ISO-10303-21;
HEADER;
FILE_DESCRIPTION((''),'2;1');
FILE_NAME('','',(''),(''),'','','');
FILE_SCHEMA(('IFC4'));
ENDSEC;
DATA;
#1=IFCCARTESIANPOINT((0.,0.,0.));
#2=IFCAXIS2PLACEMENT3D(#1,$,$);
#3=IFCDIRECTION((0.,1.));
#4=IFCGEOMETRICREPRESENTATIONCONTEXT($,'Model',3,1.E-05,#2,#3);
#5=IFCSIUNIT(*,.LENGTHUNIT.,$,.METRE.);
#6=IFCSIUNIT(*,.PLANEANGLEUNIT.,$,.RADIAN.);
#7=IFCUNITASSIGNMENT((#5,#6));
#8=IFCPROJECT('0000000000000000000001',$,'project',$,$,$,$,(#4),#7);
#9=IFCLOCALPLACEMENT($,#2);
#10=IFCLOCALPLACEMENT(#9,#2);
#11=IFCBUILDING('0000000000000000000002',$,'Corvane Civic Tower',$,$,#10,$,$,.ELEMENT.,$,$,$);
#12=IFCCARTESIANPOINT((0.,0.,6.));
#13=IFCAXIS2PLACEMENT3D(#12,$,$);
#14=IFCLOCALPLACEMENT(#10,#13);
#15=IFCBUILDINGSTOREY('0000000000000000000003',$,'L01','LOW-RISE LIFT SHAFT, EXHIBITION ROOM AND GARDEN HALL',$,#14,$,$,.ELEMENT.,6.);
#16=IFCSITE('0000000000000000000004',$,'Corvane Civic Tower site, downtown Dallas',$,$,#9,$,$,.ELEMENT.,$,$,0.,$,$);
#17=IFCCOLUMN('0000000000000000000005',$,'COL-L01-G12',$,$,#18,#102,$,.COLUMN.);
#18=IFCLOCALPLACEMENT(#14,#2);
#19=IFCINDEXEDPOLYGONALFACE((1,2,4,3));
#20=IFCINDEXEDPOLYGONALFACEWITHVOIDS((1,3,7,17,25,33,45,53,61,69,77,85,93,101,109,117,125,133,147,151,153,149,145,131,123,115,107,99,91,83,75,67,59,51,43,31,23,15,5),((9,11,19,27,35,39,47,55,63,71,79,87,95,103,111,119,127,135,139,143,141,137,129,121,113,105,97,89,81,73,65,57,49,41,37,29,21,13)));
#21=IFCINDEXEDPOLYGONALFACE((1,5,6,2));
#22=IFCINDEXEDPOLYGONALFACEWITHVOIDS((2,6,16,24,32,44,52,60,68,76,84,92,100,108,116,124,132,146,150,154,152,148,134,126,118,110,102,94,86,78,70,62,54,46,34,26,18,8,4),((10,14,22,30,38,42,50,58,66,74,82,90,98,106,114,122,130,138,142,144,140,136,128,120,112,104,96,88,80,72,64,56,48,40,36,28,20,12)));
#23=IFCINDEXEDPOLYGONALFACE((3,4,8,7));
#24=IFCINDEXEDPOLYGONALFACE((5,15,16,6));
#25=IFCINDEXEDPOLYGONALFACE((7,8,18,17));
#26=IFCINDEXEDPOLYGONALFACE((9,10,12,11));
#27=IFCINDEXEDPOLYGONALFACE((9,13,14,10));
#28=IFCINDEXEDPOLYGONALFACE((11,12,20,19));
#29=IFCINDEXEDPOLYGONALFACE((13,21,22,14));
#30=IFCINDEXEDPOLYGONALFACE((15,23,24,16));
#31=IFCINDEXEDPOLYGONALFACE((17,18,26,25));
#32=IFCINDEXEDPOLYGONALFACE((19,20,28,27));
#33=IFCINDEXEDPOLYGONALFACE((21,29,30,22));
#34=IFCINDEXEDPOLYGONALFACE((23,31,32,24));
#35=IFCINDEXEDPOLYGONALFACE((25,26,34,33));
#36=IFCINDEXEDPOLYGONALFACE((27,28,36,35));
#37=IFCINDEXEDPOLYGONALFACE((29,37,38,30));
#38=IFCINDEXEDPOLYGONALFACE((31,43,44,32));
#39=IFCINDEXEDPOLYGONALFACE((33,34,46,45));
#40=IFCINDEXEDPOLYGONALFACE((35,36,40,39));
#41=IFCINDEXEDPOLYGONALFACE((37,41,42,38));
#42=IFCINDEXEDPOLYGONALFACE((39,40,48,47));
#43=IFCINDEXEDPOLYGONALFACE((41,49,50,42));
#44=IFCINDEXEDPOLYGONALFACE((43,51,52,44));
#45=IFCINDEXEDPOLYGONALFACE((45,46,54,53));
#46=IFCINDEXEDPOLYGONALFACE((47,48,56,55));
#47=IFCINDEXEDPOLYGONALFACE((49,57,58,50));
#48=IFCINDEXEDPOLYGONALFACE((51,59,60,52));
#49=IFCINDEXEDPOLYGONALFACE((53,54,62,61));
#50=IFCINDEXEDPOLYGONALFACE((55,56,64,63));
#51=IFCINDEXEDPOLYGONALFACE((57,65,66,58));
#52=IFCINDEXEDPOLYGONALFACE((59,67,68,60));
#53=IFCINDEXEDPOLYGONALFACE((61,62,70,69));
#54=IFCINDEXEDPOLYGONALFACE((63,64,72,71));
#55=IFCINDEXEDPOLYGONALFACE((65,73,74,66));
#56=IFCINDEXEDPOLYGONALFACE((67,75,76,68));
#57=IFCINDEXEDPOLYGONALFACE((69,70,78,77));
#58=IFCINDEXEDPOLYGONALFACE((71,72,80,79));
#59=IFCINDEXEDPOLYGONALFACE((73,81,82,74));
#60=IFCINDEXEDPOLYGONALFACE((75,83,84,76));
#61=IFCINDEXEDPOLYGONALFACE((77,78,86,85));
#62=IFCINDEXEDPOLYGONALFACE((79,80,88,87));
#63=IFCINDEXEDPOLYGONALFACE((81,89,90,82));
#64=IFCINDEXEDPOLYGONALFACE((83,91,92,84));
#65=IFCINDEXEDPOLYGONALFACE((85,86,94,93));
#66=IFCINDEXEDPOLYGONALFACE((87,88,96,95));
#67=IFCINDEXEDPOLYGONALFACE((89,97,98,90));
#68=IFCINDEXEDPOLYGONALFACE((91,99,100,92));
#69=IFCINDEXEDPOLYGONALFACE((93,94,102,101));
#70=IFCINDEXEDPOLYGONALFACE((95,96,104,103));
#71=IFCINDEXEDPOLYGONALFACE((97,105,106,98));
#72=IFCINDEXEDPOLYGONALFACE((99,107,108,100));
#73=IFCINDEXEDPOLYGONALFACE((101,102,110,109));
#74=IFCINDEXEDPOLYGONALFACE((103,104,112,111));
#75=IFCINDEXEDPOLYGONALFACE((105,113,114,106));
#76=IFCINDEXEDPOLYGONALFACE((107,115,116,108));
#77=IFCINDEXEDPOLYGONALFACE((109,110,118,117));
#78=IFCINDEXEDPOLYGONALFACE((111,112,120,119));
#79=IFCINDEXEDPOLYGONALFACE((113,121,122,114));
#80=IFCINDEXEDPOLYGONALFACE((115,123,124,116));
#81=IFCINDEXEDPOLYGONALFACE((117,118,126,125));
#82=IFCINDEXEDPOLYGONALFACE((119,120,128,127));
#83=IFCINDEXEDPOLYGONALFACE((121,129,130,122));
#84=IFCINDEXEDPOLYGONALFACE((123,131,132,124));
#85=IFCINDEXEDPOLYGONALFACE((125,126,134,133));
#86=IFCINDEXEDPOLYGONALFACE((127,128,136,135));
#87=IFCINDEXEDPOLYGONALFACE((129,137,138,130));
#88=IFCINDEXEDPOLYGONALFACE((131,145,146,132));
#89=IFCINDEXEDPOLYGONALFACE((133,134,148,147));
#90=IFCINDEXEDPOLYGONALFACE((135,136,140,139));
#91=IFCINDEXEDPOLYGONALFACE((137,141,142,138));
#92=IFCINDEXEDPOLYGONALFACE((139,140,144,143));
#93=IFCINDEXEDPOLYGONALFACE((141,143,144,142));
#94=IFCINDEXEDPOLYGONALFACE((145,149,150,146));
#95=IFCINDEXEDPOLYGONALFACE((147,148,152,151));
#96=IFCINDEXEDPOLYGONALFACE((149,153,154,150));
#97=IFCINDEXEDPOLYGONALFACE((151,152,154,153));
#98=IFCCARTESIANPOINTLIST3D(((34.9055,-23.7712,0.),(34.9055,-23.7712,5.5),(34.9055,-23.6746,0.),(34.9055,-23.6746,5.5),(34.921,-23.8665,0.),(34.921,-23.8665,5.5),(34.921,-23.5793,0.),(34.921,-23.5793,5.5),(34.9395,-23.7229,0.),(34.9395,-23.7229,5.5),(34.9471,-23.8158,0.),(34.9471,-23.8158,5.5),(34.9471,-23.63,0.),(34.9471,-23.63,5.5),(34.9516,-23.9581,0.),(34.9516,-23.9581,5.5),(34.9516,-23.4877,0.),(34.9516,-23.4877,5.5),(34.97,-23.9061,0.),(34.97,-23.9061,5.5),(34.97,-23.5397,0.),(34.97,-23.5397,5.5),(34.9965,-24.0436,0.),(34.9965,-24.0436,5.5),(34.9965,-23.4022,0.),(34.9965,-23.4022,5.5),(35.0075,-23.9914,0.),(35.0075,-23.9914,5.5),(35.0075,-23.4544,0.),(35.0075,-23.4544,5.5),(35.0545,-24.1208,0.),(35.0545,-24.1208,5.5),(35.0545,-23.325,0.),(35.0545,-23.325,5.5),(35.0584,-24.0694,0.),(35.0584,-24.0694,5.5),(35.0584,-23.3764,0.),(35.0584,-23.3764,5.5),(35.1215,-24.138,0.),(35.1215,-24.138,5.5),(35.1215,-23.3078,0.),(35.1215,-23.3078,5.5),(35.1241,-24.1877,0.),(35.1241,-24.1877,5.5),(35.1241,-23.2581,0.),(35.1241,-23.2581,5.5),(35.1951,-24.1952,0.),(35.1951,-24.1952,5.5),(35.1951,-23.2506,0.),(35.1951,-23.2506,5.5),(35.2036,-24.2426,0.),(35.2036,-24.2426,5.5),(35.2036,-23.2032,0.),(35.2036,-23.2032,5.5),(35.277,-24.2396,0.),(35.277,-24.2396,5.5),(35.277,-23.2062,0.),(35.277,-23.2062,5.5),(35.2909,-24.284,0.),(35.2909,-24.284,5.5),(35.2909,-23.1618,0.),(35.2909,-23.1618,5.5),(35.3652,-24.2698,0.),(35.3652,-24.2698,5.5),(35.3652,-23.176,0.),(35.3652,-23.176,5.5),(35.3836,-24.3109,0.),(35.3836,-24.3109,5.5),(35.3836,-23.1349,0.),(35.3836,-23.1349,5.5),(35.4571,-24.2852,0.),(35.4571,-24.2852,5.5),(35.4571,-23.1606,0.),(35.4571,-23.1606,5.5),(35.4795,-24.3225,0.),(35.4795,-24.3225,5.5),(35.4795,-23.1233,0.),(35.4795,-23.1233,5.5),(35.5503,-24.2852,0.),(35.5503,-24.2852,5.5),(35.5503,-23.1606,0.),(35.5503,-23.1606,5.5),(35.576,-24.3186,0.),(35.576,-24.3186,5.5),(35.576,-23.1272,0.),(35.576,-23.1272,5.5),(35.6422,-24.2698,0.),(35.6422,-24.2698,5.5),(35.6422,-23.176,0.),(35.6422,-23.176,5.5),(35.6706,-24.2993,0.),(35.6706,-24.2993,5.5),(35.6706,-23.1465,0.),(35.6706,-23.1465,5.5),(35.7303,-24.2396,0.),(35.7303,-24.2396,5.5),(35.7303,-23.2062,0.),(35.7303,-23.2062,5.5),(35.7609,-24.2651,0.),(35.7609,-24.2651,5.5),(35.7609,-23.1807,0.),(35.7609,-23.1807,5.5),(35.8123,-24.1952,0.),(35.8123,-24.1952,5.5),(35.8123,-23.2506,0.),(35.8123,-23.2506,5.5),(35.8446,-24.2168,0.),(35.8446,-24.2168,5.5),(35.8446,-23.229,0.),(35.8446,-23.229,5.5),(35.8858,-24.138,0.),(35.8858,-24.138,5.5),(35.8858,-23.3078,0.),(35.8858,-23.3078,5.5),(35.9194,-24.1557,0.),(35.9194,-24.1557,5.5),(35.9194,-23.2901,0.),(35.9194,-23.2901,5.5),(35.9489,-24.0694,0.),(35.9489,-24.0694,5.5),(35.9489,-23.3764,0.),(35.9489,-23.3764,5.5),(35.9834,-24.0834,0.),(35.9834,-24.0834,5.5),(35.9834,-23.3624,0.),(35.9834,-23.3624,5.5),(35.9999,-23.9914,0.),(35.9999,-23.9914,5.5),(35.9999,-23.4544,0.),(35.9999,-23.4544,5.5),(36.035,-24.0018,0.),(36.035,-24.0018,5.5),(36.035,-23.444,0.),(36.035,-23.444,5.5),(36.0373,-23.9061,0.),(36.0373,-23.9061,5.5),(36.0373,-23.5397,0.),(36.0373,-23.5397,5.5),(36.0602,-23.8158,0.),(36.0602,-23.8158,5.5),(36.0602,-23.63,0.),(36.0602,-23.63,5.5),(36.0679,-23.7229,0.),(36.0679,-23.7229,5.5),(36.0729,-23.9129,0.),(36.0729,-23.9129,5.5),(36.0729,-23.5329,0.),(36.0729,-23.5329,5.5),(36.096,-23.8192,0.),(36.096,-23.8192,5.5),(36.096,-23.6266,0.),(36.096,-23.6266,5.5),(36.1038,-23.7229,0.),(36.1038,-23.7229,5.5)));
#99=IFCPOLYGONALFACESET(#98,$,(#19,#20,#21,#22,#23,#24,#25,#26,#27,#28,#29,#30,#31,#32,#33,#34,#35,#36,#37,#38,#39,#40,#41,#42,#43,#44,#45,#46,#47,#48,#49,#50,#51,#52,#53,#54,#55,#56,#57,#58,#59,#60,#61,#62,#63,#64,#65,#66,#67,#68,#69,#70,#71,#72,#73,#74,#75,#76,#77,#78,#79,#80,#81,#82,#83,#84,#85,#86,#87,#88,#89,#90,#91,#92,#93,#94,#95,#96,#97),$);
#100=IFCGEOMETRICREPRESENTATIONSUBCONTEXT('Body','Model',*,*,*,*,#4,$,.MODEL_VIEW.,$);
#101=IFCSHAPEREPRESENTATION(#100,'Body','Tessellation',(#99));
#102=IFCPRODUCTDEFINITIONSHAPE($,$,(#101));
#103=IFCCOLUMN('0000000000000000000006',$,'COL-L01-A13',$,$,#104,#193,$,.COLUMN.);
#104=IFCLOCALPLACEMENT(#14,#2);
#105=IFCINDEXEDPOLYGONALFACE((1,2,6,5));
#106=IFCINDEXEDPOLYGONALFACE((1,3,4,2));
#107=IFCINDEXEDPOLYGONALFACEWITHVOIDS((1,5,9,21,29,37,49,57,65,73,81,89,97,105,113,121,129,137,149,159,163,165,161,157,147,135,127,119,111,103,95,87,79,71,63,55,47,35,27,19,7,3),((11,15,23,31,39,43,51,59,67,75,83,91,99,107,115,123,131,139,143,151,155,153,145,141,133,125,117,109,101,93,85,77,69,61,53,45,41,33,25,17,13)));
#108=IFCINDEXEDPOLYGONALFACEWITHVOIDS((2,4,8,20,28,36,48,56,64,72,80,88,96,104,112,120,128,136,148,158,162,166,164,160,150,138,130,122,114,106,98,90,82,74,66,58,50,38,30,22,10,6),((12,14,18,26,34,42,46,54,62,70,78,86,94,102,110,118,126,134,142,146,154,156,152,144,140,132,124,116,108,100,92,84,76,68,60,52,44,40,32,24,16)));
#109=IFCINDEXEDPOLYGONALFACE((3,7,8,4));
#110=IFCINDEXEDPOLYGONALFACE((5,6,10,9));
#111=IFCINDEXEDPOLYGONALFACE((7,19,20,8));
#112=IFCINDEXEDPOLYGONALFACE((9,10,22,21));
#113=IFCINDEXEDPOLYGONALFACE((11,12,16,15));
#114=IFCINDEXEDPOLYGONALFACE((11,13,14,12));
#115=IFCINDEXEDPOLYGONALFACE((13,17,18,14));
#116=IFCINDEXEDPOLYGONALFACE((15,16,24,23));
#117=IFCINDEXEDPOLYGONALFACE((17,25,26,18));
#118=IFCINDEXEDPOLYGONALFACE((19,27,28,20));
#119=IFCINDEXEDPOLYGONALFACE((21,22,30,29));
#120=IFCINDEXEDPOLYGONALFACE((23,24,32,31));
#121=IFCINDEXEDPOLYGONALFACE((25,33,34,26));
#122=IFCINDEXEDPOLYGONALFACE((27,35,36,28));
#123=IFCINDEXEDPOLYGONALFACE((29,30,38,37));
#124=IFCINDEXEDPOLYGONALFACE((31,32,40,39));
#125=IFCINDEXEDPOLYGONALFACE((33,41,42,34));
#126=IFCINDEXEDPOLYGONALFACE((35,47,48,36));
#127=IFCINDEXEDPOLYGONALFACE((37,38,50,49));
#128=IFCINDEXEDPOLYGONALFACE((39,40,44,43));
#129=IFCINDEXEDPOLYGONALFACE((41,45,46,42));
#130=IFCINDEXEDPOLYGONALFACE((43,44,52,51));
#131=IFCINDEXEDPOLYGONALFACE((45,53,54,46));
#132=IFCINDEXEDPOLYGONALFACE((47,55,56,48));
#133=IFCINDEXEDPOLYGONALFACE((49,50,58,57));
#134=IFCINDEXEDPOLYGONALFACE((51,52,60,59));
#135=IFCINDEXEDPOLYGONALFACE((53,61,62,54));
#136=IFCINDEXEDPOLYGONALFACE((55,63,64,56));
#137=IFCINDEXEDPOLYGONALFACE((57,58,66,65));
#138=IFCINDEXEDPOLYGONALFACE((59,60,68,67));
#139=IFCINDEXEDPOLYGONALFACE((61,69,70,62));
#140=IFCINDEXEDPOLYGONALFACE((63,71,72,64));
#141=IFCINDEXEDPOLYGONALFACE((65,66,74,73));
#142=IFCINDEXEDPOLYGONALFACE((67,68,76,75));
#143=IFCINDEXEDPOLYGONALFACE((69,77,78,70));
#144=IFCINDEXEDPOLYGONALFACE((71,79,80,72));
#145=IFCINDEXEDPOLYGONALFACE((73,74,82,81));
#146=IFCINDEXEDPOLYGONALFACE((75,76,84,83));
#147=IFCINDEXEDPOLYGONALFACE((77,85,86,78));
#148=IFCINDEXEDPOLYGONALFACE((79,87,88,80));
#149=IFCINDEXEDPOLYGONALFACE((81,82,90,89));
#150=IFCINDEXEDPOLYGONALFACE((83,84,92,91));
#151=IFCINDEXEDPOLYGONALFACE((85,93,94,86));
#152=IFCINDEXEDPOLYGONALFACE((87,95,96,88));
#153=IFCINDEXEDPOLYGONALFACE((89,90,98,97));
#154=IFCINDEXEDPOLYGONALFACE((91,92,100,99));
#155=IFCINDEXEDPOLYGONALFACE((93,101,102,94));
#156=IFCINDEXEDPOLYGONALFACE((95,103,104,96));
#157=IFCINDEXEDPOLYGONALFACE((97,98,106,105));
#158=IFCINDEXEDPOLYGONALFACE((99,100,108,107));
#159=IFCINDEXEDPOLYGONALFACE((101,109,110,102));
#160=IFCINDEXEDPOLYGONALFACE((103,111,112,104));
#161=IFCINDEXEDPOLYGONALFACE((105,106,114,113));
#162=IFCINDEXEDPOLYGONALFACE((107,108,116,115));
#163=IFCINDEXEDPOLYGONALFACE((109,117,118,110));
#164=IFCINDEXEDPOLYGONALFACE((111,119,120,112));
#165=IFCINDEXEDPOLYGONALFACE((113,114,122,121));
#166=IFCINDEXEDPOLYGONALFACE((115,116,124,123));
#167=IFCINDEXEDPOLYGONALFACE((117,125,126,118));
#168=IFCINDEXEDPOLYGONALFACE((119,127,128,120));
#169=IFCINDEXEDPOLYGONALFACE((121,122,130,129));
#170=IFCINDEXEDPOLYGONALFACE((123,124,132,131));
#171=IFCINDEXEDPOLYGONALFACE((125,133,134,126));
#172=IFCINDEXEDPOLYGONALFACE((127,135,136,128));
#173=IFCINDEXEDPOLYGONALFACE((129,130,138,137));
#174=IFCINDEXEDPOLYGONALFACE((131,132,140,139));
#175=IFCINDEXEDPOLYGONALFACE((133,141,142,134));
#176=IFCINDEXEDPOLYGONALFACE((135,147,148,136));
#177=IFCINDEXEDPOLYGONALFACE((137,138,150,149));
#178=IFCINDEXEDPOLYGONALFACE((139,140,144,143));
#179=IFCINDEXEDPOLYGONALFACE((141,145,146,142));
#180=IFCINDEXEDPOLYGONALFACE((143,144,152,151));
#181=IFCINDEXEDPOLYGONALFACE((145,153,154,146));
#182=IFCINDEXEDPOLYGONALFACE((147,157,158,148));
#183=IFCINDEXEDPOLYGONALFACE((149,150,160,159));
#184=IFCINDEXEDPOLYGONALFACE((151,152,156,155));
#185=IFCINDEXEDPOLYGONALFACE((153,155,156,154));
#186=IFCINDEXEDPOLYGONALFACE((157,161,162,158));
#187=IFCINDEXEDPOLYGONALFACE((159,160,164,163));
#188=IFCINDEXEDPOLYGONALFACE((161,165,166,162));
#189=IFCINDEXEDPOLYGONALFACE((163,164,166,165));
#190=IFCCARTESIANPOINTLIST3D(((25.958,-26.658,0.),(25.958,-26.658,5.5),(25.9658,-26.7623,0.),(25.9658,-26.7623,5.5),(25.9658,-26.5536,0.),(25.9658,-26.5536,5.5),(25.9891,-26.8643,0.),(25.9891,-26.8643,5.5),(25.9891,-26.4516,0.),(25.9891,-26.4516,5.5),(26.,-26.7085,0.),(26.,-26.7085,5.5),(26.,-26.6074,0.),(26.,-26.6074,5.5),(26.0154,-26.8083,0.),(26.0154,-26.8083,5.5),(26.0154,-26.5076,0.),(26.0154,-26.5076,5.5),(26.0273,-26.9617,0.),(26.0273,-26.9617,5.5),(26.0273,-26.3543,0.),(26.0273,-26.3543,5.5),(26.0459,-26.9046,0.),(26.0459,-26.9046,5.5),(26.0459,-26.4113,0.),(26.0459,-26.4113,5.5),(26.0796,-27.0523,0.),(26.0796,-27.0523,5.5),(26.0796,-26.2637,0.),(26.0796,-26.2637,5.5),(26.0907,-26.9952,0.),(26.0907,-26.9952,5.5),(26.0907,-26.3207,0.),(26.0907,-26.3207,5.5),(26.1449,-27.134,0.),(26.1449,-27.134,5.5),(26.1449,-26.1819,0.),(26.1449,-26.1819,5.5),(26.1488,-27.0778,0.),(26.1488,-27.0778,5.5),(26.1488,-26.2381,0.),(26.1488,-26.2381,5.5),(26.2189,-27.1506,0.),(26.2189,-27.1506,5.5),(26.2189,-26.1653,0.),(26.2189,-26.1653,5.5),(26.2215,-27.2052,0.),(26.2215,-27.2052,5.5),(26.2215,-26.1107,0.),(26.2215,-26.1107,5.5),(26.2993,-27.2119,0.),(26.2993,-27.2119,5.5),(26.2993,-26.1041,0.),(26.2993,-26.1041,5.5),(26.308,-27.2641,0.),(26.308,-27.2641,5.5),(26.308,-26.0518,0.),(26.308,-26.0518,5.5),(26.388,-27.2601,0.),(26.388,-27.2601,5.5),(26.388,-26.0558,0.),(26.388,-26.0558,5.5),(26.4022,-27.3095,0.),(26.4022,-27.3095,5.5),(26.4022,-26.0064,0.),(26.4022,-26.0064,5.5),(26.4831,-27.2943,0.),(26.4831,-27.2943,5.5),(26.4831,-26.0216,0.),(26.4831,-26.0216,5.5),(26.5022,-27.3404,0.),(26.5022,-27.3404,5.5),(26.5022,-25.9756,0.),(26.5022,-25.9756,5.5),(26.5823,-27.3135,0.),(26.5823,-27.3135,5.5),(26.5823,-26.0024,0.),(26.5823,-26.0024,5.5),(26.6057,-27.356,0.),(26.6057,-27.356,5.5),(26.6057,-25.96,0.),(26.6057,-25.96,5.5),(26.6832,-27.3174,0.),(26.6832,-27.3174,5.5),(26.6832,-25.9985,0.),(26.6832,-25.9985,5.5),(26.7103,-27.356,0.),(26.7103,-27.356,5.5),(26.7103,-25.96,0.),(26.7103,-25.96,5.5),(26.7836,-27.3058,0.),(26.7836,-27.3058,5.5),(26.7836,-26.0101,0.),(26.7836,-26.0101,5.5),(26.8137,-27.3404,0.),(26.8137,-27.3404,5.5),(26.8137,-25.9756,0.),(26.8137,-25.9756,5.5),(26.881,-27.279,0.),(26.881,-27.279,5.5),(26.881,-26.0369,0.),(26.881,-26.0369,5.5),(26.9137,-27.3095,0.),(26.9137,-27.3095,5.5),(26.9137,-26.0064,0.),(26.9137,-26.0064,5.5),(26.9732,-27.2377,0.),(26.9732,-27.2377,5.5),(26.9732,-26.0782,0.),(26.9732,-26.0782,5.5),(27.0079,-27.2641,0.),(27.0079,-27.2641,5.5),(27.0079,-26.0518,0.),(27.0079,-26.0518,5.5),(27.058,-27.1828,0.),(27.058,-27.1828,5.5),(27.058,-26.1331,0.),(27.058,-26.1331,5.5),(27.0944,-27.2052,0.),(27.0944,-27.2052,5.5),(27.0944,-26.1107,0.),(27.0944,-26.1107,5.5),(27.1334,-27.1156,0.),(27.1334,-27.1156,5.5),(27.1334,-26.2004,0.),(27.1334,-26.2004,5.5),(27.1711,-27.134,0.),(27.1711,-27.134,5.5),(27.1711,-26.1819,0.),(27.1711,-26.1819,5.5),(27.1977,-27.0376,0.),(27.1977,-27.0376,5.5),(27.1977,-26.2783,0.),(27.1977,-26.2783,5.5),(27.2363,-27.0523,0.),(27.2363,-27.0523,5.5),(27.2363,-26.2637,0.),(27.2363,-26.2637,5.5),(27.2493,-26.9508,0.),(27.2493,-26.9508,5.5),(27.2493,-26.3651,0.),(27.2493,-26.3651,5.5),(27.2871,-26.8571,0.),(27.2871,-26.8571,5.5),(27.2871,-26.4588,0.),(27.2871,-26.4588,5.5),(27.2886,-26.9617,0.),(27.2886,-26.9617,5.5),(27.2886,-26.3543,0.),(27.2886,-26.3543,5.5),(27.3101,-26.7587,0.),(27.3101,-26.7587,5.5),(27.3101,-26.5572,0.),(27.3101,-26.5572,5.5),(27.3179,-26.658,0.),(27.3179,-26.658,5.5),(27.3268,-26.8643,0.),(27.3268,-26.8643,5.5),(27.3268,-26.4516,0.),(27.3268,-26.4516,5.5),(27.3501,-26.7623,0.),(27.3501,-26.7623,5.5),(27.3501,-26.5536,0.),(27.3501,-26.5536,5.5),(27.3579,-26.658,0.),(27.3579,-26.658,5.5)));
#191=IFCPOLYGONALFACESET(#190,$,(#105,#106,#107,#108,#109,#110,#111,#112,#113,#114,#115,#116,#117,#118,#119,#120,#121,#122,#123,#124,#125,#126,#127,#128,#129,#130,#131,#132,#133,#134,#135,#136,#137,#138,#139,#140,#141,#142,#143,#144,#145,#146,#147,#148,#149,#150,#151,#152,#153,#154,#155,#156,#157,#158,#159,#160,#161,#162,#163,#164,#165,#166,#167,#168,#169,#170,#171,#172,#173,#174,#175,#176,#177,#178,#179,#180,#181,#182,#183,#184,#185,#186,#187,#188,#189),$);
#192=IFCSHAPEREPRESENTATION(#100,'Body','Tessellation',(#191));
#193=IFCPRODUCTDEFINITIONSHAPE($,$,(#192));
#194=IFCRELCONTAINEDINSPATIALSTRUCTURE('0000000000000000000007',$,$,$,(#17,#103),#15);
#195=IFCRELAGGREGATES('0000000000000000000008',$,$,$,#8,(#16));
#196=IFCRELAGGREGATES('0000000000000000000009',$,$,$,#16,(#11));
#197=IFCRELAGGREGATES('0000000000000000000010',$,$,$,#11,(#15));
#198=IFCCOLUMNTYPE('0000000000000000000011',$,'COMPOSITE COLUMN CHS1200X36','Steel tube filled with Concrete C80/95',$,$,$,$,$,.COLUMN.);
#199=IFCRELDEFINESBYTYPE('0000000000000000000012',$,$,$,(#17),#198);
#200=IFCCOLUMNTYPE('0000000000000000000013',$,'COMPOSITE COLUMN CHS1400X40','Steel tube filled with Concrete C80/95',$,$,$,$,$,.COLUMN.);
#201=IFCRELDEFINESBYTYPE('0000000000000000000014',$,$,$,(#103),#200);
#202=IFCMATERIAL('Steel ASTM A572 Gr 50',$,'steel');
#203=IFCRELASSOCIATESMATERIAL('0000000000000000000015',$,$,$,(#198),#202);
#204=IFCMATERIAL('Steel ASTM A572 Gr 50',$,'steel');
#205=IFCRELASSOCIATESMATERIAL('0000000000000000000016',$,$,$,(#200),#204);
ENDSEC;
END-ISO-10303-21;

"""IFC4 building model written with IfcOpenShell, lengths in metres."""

from ifc_helpers import new_model, si_unit, direction, frame, origin, origin_2d, place, context, subcontext, project, spatial, hollow_circle, extrude, material, material_profile, profile_set, type_object, element, save


model = new_model("IFC4")

# Units and contexts
model_context = context("Model", 3, precision=1e-05, world=origin(), true_north=direction((0.0, 1.0)))
body_context = subcontext(model_context, "Body", "Model", "MODEL_VIEW")
ifc_project = project(units=[si_unit("LENGTHUNIT", "METRE"), si_unit("PLANEANGLEUNIT", "RADIAN")], contexts=[model_context])

# Site, building, storey
site_placement = place(None, origin())
site = spatial("IfcSite", under=ifc_project, at=site_placement, Name="Corvane Civic Tower site, downtown Dallas", CompositionType="ELEMENT", RefElevation=0.0)
building_placement = place(site_placement, origin())
building = spatial("IfcBuilding", under=site, at=building_placement, Name="Corvane Civic Tower", CompositionType="ELEMENT")
storey_placement = place(building_placement, frame((0.0, 0.0, 6.0)))
storey = spatial("IfcBuildingStorey", under=building, at=storey_placement, Name="L01", Description="LOW-RISE LIFT SHAFT, EXHIBITION ROOM AND GARDEN HALL", CompositionType="ELEMENT", Elevation=6.0)

# Columns
ifc_material_1 = material(Name="Steel ASTM A572 Gr 50", Category="steel")
ifc_material_profile_1 = material_profile(ifc_material_1, hollow_circle(Radius=0.6001, WallThickness=0.0359, at=origin_2d()), Name="CHS1200X36")
ifc_profile_set_1 = profile_set([ifc_material_profile_1], Name="Steel ASTM A572 Gr 50")
column_type_1 = type_object("IfcColumnType", Name="COMPOSITE COLUMN CHS1200X36", Description="Steel tube filled with Concrete C80/95", PredefinedType="COLUMN", material=ifc_profile_set_1)
column_1_placement = place(storey_placement, frame((35.5037, -23.7229, 0.0), z_axis=(0.0, 0.0, 1.0), x_axis=(1.0, 0.0, 0.0)))
element("IfcColumn", 1, at=column_1_placement, inside=storey, type_object=column_type_1, Name="COL-L01-G12", PredefinedType="COLUMN", context=body_context, shape_type="SweptSolid", body=[
    extrude(hollow_circle(Radius=0.6001, WallThickness=0.0359, at=origin_2d()), origin(), (0.0, 0.0, 1.0), 5.5),
])
ifc_material_2 = material(Name="Steel ASTM A572 Gr 50", Category="steel")
ifc_material_profile_2 = material_profile(ifc_material_2, hollow_circle(Radius=0.7, WallThickness=0.04, at=origin_2d()), Name="CHS1400X40")
ifc_profile_set_2 = profile_set([ifc_material_profile_2], Name="Steel ASTM A572 Gr 50")
column_type_2 = type_object("IfcColumnType", Name="COMPOSITE COLUMN CHS1400X40", Description="Steel tube filled with Concrete C80/95", PredefinedType="COLUMN", material=ifc_profile_set_2)
column_2_placement = place(storey_placement, frame((26.658, -26.658, 0.0), z_axis=(0.0, 0.0, 1.0), x_axis=(1.0, 0.0, 0.0)))
element("IfcColumn", 2, at=column_2_placement, inside=storey, type_object=column_type_2, Name="COL-L01-A13", PredefinedType="COLUMN", context=body_context, shape_type="SweptSolid", body=[
    extrude(hollow_circle(Radius=0.7, WallThickness=0.04, at=origin_2d()), origin(), (0.0, 0.0, 1.0), 5.5),
])

save(model, "model.ifc")
